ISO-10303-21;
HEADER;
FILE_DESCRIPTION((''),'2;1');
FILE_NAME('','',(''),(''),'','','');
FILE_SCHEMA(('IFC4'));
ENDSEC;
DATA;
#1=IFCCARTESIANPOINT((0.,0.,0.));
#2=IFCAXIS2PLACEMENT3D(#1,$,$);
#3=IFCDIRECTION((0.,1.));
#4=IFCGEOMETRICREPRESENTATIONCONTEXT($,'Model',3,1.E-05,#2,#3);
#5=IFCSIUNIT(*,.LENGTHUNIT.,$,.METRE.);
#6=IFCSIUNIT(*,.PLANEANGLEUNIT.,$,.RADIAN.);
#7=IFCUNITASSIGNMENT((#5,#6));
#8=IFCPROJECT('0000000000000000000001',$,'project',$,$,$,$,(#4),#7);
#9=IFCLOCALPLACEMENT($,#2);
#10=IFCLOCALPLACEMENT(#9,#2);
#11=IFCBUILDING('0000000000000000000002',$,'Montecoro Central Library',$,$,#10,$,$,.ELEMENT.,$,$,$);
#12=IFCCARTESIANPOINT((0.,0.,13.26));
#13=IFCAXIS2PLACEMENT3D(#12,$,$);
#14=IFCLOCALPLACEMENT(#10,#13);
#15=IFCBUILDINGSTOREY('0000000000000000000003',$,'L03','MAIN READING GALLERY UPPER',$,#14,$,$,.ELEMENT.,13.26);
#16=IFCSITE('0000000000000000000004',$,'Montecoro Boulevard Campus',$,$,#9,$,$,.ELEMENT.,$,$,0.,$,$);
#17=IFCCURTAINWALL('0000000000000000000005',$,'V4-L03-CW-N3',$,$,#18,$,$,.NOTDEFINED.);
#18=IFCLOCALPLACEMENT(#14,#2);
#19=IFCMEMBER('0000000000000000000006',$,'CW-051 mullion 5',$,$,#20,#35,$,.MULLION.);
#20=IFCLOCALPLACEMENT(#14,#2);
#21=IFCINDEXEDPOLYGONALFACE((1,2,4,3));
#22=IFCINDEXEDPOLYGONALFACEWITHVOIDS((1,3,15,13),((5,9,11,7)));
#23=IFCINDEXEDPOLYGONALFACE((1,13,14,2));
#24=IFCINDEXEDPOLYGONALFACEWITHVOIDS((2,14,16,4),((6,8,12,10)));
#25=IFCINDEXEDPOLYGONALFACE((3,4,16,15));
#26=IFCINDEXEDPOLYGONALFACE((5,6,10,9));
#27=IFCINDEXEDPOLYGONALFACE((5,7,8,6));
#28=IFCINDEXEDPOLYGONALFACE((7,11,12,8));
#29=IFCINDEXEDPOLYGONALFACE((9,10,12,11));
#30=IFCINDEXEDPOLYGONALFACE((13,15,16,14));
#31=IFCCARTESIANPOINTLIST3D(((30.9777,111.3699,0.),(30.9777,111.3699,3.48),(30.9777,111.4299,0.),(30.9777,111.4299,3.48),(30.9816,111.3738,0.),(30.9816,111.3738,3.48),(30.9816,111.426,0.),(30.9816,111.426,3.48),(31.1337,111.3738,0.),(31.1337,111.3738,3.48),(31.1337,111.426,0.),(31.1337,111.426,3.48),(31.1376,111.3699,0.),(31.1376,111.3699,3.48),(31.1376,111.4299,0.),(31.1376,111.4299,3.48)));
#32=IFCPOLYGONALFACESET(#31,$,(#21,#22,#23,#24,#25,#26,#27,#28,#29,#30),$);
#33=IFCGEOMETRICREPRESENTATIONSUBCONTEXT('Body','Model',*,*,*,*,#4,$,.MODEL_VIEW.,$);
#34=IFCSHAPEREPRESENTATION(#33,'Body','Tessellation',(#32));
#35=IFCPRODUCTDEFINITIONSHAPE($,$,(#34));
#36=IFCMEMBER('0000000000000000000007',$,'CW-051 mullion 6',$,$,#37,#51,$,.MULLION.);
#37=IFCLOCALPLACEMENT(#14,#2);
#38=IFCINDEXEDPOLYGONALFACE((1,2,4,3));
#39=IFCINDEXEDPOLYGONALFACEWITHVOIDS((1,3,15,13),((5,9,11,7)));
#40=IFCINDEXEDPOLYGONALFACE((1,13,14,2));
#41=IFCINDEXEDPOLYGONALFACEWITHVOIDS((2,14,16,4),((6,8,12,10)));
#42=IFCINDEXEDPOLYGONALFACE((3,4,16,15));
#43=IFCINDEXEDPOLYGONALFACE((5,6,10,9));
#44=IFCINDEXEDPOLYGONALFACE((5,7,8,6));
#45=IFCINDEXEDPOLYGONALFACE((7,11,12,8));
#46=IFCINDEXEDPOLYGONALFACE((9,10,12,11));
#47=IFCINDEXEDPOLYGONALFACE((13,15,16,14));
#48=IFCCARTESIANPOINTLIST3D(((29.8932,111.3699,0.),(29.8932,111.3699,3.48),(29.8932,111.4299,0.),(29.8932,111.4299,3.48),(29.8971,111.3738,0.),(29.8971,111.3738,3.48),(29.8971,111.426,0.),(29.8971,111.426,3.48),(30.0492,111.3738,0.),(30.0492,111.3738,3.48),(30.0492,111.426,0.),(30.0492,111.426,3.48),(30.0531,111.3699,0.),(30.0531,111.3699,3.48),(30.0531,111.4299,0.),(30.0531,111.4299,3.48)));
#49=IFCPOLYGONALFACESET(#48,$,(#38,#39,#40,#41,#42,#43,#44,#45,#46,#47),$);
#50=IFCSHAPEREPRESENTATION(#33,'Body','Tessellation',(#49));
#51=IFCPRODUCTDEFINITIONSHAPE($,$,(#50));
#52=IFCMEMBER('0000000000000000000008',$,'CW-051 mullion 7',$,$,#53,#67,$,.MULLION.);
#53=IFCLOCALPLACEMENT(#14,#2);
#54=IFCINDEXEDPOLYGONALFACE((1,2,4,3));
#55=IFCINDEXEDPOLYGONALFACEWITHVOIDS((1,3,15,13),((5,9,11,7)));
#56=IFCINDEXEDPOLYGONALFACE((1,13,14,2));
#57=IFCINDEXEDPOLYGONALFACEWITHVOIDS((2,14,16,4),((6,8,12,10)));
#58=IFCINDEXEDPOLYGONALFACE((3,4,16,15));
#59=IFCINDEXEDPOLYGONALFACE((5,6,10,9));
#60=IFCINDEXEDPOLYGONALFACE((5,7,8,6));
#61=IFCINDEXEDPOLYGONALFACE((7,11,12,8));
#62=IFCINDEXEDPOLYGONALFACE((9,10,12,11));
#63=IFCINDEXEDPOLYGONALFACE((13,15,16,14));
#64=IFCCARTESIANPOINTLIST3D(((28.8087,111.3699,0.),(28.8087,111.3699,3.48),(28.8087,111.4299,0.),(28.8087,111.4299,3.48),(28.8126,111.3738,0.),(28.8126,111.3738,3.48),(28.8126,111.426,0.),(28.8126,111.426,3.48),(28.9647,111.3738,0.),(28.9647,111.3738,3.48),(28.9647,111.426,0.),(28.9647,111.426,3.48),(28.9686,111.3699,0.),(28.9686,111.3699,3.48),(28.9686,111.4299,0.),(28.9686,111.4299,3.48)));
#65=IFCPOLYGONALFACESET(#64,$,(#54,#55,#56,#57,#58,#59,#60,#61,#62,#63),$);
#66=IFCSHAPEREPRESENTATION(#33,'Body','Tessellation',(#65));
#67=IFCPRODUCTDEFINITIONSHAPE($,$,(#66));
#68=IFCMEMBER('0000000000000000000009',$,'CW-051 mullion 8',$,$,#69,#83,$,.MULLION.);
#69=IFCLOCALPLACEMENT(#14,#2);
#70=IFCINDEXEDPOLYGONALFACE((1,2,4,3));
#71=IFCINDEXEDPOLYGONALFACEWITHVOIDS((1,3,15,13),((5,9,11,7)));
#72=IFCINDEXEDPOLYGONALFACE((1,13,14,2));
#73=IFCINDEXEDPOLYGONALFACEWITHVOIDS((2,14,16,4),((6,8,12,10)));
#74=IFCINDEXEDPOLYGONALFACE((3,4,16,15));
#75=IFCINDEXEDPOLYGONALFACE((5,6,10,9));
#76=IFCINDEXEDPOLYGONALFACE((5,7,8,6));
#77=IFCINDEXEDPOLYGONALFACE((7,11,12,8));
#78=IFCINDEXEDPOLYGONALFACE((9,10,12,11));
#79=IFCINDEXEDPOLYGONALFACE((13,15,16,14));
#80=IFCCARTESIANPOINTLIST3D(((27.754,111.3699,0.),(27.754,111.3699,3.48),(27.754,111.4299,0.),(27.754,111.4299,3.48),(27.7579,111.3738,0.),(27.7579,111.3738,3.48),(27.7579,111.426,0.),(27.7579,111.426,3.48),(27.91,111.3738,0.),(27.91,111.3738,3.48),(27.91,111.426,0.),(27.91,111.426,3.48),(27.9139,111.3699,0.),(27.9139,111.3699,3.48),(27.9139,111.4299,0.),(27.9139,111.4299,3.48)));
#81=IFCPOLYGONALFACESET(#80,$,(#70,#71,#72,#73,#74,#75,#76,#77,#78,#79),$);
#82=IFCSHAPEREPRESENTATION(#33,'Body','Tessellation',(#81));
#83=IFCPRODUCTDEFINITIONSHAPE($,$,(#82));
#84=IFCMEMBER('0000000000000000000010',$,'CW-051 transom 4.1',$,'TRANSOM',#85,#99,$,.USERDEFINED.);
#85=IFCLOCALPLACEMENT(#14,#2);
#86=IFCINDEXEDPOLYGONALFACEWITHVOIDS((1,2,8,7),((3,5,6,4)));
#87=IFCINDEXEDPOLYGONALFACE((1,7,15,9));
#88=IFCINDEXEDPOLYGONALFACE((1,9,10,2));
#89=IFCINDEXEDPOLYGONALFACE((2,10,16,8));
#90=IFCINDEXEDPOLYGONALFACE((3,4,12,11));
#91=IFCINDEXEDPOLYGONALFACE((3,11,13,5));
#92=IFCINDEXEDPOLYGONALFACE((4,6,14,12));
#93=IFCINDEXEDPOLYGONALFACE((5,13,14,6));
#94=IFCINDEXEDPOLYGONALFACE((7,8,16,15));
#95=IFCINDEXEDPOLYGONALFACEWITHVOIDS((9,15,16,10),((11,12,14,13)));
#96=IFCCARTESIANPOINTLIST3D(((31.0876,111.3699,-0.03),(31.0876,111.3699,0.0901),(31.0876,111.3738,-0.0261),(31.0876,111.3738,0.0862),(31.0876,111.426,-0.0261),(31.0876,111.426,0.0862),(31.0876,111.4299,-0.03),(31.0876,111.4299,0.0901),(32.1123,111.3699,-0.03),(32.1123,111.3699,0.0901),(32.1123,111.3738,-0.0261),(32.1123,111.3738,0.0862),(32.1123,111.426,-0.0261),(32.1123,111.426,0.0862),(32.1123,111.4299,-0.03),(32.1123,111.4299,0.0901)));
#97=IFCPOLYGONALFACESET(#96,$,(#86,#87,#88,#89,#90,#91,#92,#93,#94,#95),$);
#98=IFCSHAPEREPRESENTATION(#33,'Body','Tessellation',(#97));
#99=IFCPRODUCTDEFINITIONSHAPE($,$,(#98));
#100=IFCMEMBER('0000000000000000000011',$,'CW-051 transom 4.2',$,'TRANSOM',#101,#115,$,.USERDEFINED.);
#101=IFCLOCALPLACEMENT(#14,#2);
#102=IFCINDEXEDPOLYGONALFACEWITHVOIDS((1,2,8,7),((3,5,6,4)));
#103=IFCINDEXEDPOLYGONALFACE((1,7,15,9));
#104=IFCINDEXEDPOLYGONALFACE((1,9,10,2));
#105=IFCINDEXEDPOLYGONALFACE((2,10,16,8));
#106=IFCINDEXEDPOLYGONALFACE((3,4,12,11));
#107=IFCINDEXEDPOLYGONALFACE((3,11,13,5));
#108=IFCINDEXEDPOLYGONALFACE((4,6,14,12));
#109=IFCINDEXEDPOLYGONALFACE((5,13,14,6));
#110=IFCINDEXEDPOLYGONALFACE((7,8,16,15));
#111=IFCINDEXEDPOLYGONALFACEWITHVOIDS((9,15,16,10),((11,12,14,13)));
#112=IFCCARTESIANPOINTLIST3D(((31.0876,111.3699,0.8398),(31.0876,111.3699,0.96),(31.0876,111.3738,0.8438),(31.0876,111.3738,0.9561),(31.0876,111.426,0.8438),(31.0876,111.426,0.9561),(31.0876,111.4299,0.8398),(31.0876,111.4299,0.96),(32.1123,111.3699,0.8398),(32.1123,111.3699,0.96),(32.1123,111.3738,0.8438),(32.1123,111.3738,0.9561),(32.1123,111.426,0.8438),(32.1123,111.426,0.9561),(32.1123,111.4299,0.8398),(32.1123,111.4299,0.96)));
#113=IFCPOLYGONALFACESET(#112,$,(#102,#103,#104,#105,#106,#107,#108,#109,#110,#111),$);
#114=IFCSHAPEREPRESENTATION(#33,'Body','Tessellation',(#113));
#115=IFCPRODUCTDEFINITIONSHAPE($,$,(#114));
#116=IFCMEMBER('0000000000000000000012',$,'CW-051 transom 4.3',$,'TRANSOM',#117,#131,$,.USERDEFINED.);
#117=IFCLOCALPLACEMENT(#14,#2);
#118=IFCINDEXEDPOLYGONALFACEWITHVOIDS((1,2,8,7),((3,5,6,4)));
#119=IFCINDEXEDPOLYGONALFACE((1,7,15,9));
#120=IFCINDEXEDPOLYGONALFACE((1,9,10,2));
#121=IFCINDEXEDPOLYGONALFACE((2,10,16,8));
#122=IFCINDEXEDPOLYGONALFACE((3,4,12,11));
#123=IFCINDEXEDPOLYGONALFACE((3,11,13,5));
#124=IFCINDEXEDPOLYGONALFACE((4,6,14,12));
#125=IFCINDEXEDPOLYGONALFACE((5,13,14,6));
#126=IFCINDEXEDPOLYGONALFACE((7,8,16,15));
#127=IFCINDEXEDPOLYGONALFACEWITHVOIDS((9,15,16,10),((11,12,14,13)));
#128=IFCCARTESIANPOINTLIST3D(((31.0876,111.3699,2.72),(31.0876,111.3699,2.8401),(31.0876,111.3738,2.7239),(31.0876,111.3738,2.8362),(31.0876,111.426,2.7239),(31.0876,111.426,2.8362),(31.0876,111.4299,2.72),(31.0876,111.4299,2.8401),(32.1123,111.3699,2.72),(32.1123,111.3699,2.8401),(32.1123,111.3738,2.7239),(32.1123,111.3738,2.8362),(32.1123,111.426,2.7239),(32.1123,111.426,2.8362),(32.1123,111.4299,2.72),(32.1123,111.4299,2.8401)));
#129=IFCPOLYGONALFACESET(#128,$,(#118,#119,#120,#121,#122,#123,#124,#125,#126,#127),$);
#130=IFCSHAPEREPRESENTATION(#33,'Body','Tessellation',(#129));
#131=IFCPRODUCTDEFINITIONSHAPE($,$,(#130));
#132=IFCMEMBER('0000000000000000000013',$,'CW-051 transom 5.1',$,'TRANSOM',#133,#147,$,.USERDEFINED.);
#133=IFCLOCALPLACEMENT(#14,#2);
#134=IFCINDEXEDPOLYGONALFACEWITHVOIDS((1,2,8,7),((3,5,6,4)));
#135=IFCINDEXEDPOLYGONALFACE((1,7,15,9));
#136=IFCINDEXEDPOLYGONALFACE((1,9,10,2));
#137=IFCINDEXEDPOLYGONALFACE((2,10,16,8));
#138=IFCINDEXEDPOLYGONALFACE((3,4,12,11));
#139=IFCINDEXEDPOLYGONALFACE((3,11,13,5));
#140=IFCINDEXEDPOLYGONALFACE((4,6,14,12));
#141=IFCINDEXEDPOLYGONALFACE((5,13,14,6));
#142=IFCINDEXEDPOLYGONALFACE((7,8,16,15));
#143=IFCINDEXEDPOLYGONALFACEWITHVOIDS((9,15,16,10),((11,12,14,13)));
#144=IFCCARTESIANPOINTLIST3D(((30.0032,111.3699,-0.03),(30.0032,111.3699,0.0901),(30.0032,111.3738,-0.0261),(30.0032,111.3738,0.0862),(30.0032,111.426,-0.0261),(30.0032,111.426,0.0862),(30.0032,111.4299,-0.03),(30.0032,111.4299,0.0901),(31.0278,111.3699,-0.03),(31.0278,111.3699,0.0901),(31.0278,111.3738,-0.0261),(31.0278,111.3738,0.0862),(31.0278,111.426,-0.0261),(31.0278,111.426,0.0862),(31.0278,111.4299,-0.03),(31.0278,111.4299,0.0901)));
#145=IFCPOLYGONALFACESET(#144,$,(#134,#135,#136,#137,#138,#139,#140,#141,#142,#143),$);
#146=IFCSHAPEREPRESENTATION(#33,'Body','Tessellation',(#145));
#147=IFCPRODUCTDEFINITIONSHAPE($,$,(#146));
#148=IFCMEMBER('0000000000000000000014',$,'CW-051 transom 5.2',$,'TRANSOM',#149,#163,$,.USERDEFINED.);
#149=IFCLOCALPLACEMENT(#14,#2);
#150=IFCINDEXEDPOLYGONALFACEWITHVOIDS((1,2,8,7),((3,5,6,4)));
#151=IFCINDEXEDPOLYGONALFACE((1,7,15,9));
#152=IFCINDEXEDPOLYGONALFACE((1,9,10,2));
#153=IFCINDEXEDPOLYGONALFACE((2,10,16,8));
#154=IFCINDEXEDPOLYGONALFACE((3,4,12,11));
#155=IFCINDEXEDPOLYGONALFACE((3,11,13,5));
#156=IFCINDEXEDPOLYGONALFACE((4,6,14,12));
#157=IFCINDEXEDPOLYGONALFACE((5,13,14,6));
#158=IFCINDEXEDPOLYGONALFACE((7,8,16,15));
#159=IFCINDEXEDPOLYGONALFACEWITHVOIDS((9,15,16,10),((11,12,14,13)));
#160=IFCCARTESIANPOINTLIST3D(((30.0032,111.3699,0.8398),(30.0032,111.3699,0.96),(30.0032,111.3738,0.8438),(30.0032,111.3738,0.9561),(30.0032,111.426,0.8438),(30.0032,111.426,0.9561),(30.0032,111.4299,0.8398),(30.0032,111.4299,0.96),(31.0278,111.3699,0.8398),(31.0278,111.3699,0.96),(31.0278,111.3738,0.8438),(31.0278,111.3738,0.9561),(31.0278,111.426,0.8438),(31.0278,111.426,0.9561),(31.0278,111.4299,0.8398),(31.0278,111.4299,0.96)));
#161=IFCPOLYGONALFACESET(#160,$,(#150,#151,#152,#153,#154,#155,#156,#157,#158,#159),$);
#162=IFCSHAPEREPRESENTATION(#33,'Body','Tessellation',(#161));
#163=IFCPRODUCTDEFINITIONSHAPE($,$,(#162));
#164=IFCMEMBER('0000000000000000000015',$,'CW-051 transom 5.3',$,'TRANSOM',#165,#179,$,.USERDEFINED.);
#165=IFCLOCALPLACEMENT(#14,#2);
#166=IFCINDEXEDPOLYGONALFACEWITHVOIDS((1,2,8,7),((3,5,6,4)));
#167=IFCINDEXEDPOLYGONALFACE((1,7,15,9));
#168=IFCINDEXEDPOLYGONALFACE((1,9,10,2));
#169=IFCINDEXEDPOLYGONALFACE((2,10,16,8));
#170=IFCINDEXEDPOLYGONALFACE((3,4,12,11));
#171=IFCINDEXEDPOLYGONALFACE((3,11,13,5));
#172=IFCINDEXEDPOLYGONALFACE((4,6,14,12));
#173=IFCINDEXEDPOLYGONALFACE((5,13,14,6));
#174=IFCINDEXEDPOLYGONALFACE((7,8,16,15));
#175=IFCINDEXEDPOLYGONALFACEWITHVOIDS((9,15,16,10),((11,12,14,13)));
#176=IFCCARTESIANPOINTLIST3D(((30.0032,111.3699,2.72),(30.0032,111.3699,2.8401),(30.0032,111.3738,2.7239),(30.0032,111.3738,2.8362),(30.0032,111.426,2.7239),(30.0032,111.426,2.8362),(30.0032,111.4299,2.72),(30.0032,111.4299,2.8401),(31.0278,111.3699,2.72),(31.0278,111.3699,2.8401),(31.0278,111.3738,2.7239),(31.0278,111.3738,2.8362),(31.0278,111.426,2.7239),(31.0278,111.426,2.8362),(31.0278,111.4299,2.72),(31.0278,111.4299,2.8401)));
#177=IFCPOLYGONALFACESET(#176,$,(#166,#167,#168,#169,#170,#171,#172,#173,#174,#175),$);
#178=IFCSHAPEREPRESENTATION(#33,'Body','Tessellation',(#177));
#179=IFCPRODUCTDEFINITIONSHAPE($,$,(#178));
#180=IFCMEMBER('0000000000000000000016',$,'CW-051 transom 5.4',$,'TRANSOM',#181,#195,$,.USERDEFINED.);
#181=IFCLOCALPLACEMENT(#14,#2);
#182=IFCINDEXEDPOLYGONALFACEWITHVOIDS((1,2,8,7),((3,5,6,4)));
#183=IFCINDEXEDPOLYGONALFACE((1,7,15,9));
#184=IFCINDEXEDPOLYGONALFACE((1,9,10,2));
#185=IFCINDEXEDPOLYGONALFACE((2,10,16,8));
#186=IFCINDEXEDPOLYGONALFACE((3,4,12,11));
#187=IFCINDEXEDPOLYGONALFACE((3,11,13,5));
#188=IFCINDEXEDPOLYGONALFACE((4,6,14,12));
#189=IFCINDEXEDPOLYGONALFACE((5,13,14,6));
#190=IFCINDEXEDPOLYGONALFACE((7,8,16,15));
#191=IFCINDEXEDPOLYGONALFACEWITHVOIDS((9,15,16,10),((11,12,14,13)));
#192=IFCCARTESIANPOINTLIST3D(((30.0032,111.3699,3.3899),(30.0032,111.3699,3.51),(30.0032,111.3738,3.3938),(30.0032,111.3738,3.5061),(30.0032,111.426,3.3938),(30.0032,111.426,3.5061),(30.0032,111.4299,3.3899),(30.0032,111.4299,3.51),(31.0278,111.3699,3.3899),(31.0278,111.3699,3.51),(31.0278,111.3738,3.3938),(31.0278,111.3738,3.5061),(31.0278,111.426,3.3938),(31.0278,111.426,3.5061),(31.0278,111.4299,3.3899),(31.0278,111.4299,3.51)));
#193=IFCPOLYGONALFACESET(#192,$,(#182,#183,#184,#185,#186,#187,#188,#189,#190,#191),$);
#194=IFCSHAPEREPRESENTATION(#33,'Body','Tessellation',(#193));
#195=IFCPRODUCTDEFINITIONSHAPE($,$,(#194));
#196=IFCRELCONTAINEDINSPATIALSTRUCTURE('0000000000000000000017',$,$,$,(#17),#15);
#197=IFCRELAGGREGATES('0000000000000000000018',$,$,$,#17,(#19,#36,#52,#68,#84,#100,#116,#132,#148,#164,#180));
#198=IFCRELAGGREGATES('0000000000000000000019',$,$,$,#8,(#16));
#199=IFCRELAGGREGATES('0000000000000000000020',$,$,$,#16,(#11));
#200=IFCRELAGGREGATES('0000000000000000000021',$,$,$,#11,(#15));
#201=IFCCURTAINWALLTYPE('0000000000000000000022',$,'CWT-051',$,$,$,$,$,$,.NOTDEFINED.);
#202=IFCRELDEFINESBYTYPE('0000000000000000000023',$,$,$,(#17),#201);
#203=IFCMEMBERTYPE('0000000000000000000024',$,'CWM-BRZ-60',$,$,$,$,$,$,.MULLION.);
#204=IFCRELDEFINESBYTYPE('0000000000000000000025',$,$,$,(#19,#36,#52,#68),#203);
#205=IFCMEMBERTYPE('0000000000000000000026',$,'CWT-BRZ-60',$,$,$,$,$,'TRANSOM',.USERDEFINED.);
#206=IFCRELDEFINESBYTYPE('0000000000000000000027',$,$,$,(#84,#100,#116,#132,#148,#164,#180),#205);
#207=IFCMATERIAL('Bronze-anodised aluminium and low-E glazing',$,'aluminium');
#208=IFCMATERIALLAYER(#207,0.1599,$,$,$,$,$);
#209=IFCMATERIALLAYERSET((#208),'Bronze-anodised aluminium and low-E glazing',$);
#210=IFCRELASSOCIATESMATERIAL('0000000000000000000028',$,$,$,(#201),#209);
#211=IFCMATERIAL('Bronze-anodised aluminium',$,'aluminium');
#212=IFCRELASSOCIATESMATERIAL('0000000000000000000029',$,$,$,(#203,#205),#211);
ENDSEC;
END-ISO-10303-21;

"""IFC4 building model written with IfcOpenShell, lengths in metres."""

from ifc_helpers import new_model, si_unit, direction, frame, origin, origin_2d, place, context, subcontext, project, spatial, hollow_rectangle, extrude, material, layer, layer_set, material_profile, profile_set, type_object, element, aggregate, save


model = new_model("IFC4")

# Units and contexts
model_context = context("Model", 3, precision=1e-05, world=origin(), true_north=direction((0.0, 1.0)))
body_context = subcontext(model_context, "Body", "Model", "MODEL_VIEW")
ifc_project = project(units=[si_unit("LENGTHUNIT", "METRE"), si_unit("PLANEANGLEUNIT", "RADIAN")], contexts=[model_context])

# Site, building, storey
site_placement = place(None, origin())
site = spatial("IfcSite", under=ifc_project, at=site_placement, Name="Montecoro Boulevard Campus", CompositionType="ELEMENT", RefElevation=0.0)
building_placement = place(site_placement, origin())
building = spatial("IfcBuilding", under=site, at=building_placement, Name="Montecoro Central Library", CompositionType="ELEMENT")
storey_placement = place(building_placement, frame((0.0, 0.0, 13.26)))
storey = spatial("IfcBuildingStorey", under=building, at=storey_placement, Name="L03", Description="MAIN READING GALLERY UPPER", CompositionType="ELEMENT", Elevation=13.26)

# Curtain wall, members
ifc_material_1 = material(Name="Bronze-anodised aluminium and low-E glazing", Category="aluminium")
ifc_layer_1 = layer(ifc_material_1, 0.1599)
ifc_layer_set_1 = layer_set([ifc_layer_1], Name="Bronze-anodised aluminium and low-E glazing")
curtain_wall_type = type_object("IfcCurtainWallType", Name="CWT-051", PredefinedType="NOTDEFINED", material=ifc_layer_set_1)
curtain_wall_placement = place(storey_placement, origin())
curtain_wall = element("IfcCurtainWall", 1, at=curtain_wall_placement, inside=storey, type_object=curtain_wall_type, Name="V4-L03-CW-N3", PredefinedType="NOTDEFINED")
ifc_material_2 = material(Name="Bronze-anodised aluminium", Category="aluminium")
ifc_material_profile_1 = material_profile(ifc_material_2, hollow_rectangle(XDim=0.0601, YDim=0.1599, WallThickness=0.0039, at=origin_2d()), Name="CWM 160x60x4.0")
ifc_profile_set_1 = profile_set([ifc_material_profile_1], Name="Bronze-anodised aluminium")
member_type_1 = type_object("IfcMemberType", Name="CWM-BRZ-60", PredefinedType="MULLION", material=ifc_profile_set_1)
member_1_placement = place(storey_placement, frame((31.0576, 111.3999, 0.0), z_axis=(0.0, 0.0, 1.0), x_axis=(0.0, -1.0, 0.0)))
member_1 = element("IfcMember", 2, at=member_1_placement, type_object=member_type_1, Name="CW-051 mullion 5", PredefinedType="MULLION", context=body_context, shape_type="SweptSolid", body=[
    extrude(hollow_rectangle(XDim=0.0601, YDim=0.1599, WallThickness=0.0039, at=origin_2d()), origin(), (0.0, 0.0, 1.0), 3.48),
])
member_2_placement = place(storey_placement, frame((29.9731, 111.3999, 0.0), z_axis=(0.0, 0.0, 1.0), x_axis=(0.0, -1.0, 0.0)))
member_2 = element("IfcMember", 3, at=member_2_placement, type_object=member_type_1, Name="CW-051 mullion 6", PredefinedType="MULLION", context=body_context, shape_type="SweptSolid", body=[
    extrude(hollow_rectangle(XDim=0.0601, YDim=0.1599, WallThickness=0.0039, at=origin_2d()), origin(), (0.0, 0.0, 1.0), 3.48),
])
member_3_placement = place(storey_placement, frame((28.8887, 111.3999, 0.0), z_axis=(0.0, 0.0, 1.0), x_axis=(0.0, -1.0, 0.0)))
member_3 = element("IfcMember", 4, at=member_3_placement, type_object=member_type_1, Name="CW-051 mullion 7", PredefinedType="MULLION", context=body_context, shape_type="SweptSolid", body=[
    extrude(hollow_rectangle(XDim=0.0601, YDim=0.1599, WallThickness=0.0039, at=origin_2d()), origin(), (0.0, 0.0, 1.0), 3.48),
])
member_4_placement = place(storey_placement, frame((27.834, 111.3999, 0.0), z_axis=(0.0, 0.0, 1.0), x_axis=(0.0, -1.0, 0.0)))
member_4 = element("IfcMember", 5, at=member_4_placement, type_object=member_type_1, Name="CW-051 mullion 8", PredefinedType="MULLION", context=body_context, shape_type="SweptSolid", body=[
    extrude(hollow_rectangle(XDim=0.0601, YDim=0.1599, WallThickness=0.0039, at=origin_2d()), origin(), (0.0, 0.0, 1.0), 3.48),
])
ifc_material_profile_2 = material_profile(ifc_material_2, hollow_rectangle(XDim=0.0601, YDim=0.1201, WallThickness=0.0039, at=origin_2d()), Name="CWT 120x60x4.0")
ifc_profile_set_2 = profile_set([ifc_material_profile_2], Name="Bronze-anodised aluminium")
member_type_2 = type_object("IfcMemberType", Name="CWT-BRZ-60", ElementType="TRANSOM", PredefinedType="USERDEFINED", material=ifc_profile_set_2)
member_5_placement = place(storey_placement, frame((32.1123, 111.3999, 0.03), z_axis=(-1.0, 0.0, 0.0), x_axis=(0.0, -1.0, 0.0)))
member_5 = element("IfcMember", 6, at=member_5_placement, type_object=member_type_2, Name="CW-051 transom 4.1", ObjectType="TRANSOM", PredefinedType="USERDEFINED", context=body_context, shape_type="SweptSolid", body=[
    extrude(hollow_rectangle(XDim=0.0601, YDim=0.1201, WallThickness=0.0039, at=origin_2d()), origin(), (0.0, 0.0, 1.0), 1.0247),
])
member_6_placement = place(storey_placement, frame((32.1123, 111.3999, 0.8999), z_axis=(-1.0, 0.0, 0.0), x_axis=(0.0, -1.0, 0.0)))
member_6 = element("IfcMember", 7, at=member_6_placement, type_object=member_type_2, Name="CW-051 transom 4.2", ObjectType="TRANSOM", PredefinedType="USERDEFINED", context=body_context, shape_type="SweptSolid", body=[
    extrude(hollow_rectangle(XDim=0.0601, YDim=0.1201, WallThickness=0.0039, at=origin_2d()), origin(), (0.0, 0.0, 1.0), 1.0247),
])
member_7_placement = place(storey_placement, frame((32.1123, 111.3999, 2.78), z_axis=(-1.0, 0.0, 0.0), x_axis=(0.0, -1.0, 0.0)))
member_7 = element("IfcMember", 8, at=member_7_placement, type_object=member_type_2, Name="CW-051 transom 4.3", ObjectType="TRANSOM", PredefinedType="USERDEFINED", context=body_context, shape_type="SweptSolid", body=[
    extrude(hollow_rectangle(XDim=0.0601, YDim=0.1201, WallThickness=0.0039, at=origin_2d()), origin(), (0.0, 0.0, 1.0), 1.0247),
])
member_8_placement = place(storey_placement, frame((31.0278, 111.3999, 0.03), z_axis=(-1.0, 0.0, 0.0), x_axis=(0.0, -1.0, 0.0)))
member_8 = element("IfcMember", 9, at=member_8_placement, type_object=member_type_2, Name="CW-051 transom 5.1", ObjectType="TRANSOM", PredefinedType="USERDEFINED", context=body_context, shape_type="SweptSolid", body=[
    extrude(hollow_rectangle(XDim=0.0601, YDim=0.1201, WallThickness=0.0039, at=origin_2d()), origin(), (0.0, 0.0, 1.0), 1.0247),
])
member_9_placement = place(storey_placement, frame((31.0278, 111.3999, 0.8999), z_axis=(-1.0, 0.0, 0.0), x_axis=(0.0, -1.0, 0.0)))
member_9 = element("IfcMember", 10, at=member_9_placement, type_object=member_type_2, Name="CW-051 transom 5.2", ObjectType="TRANSOM", PredefinedType="USERDEFINED", context=body_context, shape_type="SweptSolid", body=[
    extrude(hollow_rectangle(XDim=0.0601, YDim=0.1201, WallThickness=0.0039, at=origin_2d()), origin(), (0.0, 0.0, 1.0), 1.0247),
])
member_10_placement = place(storey_placement, frame((31.0278, 111.3999, 2.78), z_axis=(-1.0, 0.0, 0.0), x_axis=(0.0, -1.0, 0.0)))
member_10 = element("IfcMember", 11, at=member_10_placement, type_object=member_type_2, Name="CW-051 transom 5.3", ObjectType="TRANSOM", PredefinedType="USERDEFINED", context=body_context, shape_type="SweptSolid", body=[
    extrude(hollow_rectangle(XDim=0.0601, YDim=0.1201, WallThickness=0.0039, at=origin_2d()), origin(), (0.0, 0.0, 1.0), 1.0247),
])
member_11_placement = place(storey_placement, frame((31.0278, 111.3999, 3.45), z_axis=(-1.0, 0.0, 0.0), x_axis=(0.0, -1.0, 0.0)))
member_11 = element("IfcMember", 12, at=member_11_placement, type_object=member_type_2, Name="CW-051 transom 5.4", ObjectType="TRANSOM", PredefinedType="USERDEFINED", context=body_context, shape_type="SweptSolid", body=[
    extrude(hollow_rectangle(XDim=0.0601, YDim=0.1201, WallThickness=0.0039, at=origin_2d()), origin(), (0.0, 0.0, 1.0), 1.0247),
])
aggregate(curtain_wall, [member_1, member_2, member_3, member_4, member_5, member_6, member_7, member_8, member_9, member_10, member_11])

save(model, "model.ifc")
